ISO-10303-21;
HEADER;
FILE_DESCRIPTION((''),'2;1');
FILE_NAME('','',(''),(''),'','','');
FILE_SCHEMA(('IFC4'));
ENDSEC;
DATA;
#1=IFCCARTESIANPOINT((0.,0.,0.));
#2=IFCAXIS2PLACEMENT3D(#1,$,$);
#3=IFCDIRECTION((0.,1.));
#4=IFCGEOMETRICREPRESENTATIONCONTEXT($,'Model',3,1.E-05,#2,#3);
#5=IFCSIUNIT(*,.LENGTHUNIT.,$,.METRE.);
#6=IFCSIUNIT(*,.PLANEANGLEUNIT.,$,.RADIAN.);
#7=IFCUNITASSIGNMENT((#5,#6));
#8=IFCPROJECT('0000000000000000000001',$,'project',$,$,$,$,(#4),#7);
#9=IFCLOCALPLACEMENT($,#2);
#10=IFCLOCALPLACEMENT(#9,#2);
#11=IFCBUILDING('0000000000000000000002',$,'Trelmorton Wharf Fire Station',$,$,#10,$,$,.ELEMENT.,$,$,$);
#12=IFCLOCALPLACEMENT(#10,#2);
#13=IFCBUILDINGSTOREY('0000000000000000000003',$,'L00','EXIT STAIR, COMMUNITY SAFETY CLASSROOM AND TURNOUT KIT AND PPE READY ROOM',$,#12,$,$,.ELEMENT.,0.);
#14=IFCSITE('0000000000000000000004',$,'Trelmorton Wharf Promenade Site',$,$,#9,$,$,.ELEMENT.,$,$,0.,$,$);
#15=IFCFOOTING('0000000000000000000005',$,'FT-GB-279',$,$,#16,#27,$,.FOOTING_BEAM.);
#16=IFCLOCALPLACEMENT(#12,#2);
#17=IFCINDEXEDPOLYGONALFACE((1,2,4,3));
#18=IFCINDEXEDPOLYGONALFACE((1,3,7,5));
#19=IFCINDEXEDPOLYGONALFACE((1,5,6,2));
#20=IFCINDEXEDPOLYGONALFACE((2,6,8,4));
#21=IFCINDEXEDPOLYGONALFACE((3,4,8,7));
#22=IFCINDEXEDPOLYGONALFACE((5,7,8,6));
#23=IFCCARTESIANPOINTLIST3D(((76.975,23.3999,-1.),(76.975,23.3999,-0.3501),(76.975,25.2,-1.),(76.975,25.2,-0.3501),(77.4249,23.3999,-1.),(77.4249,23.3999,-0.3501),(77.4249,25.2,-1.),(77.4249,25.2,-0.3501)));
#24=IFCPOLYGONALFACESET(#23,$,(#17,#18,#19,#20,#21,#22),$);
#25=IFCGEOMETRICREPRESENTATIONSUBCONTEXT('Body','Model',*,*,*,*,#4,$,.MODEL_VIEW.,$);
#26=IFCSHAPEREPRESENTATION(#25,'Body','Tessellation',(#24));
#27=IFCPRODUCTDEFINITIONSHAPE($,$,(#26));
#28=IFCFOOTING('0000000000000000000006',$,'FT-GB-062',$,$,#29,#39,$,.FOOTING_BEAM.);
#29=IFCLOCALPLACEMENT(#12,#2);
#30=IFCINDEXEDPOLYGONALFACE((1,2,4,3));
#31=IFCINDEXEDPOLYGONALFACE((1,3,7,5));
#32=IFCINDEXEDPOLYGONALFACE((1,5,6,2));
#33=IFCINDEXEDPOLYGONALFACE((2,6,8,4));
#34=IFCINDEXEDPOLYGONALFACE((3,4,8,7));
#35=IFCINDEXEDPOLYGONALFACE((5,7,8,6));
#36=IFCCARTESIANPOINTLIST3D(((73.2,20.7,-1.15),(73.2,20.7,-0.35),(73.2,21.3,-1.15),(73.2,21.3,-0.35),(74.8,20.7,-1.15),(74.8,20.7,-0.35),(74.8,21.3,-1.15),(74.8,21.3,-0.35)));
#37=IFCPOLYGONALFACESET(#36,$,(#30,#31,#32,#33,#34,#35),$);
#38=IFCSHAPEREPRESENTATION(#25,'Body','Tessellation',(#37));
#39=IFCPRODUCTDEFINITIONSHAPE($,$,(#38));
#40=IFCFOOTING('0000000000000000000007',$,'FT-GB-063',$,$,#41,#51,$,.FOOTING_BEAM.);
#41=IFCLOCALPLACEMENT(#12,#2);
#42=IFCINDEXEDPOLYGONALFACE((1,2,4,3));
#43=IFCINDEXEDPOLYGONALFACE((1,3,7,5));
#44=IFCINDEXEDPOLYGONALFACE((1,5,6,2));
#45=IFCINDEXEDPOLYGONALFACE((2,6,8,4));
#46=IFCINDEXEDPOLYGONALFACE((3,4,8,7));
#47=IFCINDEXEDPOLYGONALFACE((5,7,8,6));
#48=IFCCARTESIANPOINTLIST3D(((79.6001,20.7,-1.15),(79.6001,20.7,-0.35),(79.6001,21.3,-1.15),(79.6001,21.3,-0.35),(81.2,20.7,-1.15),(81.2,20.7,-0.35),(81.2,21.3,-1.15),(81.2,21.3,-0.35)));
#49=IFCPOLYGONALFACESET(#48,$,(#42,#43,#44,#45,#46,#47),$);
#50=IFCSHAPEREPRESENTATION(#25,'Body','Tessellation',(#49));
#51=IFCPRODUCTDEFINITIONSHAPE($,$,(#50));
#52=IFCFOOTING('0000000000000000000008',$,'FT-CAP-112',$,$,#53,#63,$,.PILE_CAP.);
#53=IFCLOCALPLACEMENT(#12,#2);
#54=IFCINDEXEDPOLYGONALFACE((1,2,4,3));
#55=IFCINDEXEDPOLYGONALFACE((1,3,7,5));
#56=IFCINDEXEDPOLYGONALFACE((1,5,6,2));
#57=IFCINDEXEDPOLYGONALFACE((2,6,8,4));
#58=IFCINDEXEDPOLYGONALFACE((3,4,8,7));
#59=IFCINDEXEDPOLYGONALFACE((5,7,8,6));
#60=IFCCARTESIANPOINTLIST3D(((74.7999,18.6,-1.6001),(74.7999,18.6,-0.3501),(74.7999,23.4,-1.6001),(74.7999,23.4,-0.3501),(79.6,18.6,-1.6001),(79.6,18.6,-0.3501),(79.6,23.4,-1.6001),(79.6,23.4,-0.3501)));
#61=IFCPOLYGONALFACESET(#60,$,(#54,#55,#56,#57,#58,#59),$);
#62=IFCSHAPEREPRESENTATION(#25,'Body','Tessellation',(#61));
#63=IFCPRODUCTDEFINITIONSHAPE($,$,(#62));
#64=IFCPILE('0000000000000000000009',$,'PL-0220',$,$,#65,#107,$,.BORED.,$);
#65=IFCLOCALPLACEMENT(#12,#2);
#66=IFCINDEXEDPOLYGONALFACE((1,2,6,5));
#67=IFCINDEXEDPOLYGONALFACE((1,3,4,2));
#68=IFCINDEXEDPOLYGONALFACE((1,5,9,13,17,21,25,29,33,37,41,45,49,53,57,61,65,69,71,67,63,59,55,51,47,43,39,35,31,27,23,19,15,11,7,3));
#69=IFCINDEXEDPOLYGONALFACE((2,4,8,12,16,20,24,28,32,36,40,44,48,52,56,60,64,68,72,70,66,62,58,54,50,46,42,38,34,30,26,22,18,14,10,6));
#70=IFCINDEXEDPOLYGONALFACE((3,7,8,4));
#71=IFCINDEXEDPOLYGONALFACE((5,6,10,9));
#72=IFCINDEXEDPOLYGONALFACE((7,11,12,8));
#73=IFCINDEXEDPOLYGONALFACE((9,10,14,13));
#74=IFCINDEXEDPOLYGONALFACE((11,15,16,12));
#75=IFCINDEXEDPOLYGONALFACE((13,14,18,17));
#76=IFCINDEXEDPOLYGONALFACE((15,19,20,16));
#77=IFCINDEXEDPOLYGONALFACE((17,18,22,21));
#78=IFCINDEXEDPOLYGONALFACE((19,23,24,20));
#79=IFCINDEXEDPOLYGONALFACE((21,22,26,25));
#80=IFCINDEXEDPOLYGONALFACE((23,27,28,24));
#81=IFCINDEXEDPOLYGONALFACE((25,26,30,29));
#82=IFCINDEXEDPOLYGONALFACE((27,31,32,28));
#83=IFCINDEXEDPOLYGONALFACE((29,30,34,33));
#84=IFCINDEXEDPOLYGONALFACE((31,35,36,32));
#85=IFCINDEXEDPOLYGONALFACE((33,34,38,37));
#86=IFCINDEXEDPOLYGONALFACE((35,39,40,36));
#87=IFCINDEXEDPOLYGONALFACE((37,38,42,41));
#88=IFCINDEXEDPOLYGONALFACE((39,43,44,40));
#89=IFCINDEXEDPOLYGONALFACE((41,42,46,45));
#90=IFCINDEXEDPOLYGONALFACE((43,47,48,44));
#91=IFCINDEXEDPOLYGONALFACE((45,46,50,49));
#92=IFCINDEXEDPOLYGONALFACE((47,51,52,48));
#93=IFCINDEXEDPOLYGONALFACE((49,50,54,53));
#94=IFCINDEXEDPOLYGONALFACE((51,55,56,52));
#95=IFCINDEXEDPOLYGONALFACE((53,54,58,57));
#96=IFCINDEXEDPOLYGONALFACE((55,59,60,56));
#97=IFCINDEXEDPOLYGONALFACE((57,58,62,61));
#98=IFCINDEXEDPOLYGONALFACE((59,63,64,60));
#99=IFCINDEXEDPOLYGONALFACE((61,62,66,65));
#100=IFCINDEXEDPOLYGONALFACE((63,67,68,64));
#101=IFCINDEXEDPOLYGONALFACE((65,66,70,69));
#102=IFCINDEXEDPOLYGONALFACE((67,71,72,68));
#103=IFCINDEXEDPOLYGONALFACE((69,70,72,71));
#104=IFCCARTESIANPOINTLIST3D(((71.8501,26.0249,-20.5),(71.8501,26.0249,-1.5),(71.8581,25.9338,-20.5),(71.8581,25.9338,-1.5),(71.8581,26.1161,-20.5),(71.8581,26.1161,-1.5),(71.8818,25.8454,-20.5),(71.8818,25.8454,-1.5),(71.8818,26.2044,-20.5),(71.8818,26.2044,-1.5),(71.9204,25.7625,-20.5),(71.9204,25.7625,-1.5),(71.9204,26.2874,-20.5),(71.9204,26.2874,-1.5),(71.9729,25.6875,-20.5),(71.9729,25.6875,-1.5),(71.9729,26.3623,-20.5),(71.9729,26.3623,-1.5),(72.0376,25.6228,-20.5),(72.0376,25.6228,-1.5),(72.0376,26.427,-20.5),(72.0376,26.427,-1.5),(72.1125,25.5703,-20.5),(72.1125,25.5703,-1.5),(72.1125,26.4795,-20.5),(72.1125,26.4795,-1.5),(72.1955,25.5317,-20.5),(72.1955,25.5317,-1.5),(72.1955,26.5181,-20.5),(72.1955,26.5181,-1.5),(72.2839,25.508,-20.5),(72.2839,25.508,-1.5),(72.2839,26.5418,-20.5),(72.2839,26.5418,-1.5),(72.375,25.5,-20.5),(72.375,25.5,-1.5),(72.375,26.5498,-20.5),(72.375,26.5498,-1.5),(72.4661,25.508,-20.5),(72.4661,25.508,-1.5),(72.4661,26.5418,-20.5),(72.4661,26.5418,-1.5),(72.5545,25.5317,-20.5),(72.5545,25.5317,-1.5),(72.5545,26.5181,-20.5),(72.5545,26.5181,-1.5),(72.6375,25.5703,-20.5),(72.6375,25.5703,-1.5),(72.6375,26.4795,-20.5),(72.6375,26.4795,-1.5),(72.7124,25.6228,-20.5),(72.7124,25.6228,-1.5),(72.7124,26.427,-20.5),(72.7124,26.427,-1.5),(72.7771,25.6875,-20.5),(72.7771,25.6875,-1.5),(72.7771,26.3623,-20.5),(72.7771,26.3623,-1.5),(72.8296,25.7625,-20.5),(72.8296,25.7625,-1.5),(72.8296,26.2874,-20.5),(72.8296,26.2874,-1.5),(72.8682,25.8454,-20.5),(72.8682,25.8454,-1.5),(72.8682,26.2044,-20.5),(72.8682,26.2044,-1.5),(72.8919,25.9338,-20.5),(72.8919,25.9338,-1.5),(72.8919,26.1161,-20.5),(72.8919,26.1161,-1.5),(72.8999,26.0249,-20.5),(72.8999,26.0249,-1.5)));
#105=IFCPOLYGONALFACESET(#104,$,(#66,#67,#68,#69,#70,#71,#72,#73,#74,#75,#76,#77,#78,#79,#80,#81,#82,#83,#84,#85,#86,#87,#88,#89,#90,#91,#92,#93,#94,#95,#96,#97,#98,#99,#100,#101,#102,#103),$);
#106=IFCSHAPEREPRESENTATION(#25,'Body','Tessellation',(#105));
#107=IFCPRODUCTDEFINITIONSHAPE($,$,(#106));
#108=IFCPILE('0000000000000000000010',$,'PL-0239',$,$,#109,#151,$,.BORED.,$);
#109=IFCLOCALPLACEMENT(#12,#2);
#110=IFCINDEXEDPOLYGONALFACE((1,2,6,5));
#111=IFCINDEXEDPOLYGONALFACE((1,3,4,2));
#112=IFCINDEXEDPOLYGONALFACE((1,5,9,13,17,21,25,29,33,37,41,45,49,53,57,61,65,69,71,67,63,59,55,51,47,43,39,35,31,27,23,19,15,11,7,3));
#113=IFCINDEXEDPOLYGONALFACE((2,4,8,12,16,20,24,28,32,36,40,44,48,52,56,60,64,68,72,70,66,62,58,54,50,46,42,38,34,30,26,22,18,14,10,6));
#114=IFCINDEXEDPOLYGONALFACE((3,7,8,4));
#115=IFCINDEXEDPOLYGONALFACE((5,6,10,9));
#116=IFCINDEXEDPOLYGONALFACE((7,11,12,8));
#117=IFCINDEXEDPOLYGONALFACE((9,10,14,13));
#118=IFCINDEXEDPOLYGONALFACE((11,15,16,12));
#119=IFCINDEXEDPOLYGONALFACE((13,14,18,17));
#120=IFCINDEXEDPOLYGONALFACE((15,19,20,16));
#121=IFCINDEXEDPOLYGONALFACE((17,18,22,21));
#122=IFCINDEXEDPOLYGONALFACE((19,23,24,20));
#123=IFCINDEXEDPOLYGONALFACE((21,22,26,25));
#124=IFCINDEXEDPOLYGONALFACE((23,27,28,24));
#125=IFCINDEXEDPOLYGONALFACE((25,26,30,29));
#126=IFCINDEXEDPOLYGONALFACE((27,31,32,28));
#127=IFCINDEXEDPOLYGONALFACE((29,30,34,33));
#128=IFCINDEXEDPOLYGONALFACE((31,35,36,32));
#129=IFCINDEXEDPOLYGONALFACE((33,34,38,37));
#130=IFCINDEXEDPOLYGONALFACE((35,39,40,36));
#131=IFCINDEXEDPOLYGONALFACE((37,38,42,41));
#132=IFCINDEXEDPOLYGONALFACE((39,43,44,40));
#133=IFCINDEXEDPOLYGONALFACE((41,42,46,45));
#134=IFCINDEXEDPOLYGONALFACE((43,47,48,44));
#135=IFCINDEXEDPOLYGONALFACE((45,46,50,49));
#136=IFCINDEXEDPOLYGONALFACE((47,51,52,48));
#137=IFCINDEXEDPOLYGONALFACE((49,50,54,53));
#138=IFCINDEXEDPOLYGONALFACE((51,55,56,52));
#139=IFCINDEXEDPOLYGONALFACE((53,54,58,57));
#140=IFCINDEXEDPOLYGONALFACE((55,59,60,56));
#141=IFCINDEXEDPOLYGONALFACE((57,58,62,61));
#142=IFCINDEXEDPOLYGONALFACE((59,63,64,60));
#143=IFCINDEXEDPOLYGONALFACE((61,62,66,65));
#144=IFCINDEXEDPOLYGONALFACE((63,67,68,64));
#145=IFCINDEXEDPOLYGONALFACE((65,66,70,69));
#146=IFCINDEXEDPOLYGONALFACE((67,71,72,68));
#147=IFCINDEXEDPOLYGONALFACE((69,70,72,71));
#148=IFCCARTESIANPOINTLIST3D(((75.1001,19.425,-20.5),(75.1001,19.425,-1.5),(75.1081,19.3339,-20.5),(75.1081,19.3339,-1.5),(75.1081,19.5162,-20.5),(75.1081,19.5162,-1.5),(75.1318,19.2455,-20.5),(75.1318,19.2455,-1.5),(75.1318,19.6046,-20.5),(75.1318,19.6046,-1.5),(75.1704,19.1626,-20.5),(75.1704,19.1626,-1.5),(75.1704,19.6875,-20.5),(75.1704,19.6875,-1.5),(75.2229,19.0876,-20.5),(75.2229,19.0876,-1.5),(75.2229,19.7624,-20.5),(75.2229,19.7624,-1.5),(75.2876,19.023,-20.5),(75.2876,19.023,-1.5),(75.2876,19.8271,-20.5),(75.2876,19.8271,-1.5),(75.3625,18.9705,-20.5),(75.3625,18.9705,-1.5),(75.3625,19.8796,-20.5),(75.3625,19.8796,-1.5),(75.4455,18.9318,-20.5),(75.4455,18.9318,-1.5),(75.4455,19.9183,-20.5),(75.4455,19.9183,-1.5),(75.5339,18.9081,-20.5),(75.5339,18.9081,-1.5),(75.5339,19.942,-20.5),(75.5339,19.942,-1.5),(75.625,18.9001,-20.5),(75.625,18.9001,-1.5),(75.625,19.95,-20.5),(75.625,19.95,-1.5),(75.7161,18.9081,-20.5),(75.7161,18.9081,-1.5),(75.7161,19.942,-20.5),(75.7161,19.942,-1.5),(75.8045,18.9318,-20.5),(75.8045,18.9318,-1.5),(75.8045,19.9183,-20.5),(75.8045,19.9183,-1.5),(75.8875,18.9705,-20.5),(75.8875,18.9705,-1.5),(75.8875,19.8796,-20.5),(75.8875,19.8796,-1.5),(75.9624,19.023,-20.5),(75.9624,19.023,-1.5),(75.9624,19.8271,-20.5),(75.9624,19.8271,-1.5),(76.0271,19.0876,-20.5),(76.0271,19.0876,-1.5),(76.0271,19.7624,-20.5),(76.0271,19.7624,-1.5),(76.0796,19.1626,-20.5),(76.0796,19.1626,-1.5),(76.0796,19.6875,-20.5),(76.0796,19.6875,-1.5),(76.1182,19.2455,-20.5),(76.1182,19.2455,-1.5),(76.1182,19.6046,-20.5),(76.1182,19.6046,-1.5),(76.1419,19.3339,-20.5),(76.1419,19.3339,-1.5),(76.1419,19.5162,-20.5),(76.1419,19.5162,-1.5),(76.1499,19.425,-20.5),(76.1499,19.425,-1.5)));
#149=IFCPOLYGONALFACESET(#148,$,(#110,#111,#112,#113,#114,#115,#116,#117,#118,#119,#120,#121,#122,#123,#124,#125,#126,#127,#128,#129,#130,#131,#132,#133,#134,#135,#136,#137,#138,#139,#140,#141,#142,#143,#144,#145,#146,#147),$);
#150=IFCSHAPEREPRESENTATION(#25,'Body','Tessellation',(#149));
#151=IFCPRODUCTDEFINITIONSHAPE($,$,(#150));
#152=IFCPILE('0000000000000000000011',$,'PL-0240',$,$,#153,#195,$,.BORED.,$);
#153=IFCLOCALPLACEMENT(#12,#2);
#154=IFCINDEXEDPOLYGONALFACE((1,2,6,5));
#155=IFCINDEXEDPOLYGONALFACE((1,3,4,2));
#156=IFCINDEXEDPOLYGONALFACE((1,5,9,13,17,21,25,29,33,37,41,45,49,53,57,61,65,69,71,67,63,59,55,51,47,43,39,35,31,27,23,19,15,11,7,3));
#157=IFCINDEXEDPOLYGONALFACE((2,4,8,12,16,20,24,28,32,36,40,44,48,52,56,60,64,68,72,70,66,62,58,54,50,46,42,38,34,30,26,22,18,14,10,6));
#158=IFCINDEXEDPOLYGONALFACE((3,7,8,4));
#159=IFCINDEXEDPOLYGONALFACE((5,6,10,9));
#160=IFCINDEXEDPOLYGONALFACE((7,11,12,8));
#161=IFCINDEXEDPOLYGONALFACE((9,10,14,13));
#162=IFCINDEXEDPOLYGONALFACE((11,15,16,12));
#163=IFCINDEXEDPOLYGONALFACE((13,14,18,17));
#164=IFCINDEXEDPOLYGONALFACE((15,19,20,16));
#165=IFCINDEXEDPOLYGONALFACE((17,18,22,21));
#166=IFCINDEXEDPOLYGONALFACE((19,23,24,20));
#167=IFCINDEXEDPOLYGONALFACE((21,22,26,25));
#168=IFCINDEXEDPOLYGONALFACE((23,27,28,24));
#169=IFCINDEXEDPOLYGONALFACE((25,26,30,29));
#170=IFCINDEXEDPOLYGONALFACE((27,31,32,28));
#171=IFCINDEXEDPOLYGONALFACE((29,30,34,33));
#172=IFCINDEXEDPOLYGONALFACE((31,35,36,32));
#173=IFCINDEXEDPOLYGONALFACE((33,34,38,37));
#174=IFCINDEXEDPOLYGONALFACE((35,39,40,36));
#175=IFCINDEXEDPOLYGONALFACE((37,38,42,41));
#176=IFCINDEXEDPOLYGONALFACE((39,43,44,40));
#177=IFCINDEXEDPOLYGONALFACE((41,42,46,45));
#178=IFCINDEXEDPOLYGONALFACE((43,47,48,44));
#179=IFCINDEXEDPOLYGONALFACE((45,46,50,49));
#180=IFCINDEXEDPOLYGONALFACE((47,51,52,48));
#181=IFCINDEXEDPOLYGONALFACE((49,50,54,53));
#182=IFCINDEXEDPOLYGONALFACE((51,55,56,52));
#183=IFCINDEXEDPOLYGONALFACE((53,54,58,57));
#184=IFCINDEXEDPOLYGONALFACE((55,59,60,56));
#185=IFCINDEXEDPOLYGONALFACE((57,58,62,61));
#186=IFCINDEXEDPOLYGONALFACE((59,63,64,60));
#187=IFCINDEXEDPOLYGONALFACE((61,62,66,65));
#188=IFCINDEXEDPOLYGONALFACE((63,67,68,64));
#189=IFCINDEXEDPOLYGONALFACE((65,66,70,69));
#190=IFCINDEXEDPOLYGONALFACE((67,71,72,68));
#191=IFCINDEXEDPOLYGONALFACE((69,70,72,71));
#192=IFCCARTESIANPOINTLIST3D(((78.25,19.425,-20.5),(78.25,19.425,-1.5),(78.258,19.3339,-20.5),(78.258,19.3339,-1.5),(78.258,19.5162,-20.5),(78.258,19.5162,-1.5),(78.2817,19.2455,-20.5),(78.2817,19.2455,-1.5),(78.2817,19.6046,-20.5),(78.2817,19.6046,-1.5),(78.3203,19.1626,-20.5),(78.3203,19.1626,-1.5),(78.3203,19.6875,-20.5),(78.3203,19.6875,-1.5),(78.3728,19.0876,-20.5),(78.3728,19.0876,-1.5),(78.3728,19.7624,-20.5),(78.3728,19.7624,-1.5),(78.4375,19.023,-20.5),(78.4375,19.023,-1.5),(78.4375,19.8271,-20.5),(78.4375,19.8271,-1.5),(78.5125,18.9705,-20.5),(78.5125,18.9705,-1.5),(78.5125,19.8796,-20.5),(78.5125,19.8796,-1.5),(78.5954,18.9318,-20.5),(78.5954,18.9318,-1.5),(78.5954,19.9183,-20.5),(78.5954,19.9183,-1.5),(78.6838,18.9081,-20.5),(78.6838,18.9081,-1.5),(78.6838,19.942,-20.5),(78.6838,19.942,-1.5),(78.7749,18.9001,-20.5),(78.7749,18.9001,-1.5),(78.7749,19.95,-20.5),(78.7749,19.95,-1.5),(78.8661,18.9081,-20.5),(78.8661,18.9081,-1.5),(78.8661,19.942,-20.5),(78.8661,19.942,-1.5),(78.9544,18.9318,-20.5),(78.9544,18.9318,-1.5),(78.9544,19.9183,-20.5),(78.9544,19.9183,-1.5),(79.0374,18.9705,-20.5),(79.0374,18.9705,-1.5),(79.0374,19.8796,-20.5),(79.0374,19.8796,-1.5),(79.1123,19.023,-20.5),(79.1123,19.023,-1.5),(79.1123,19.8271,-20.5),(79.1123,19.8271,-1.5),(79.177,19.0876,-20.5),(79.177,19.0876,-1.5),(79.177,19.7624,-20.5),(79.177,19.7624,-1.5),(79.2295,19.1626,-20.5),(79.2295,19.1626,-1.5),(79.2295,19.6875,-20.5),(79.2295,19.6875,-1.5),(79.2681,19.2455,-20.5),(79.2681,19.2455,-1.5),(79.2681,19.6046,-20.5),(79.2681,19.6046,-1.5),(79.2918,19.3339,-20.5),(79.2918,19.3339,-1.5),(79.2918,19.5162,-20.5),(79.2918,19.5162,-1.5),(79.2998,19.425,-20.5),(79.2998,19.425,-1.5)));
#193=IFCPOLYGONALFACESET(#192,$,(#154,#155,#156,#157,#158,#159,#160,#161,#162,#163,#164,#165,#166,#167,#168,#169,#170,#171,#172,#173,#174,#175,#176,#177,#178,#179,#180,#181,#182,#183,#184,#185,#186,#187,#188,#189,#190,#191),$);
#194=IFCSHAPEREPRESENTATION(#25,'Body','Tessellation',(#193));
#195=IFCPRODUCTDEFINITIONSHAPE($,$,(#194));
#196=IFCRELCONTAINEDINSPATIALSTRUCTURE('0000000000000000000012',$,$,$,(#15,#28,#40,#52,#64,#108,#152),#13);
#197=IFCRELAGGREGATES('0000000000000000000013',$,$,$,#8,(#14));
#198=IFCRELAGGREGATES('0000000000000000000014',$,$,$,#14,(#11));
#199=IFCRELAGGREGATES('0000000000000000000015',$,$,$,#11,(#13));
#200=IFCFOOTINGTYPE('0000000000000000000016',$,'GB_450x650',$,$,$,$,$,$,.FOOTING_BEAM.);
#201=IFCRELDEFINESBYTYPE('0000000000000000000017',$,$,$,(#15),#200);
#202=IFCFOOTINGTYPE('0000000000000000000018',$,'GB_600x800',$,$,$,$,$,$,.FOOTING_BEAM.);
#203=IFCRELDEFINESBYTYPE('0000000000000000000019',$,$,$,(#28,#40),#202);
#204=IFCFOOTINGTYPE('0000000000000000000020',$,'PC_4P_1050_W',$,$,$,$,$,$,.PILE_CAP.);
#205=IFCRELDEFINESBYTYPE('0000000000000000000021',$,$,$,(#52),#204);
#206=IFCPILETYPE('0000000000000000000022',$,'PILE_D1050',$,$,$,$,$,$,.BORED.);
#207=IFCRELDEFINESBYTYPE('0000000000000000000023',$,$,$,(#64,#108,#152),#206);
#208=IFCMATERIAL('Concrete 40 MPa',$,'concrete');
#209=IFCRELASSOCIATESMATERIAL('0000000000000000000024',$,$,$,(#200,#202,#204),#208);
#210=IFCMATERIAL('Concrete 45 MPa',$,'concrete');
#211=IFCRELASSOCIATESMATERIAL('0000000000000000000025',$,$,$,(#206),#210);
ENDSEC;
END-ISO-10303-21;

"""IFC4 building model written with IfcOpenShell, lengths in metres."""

from ifc_helpers import new_model, si_unit, direction, frame, origin, origin_2d, place, context, subcontext, project, spatial, rectangle, circle, extrude, material, material_profile, profile_set, type_object, element, save


model = new_model("IFC4")

# Units and contexts
model_context = context("Model", 3, precision=1e-05, world=origin(), true_north=direction((0.0, 1.0)))
body_context = subcontext(model_context, "Body", "Model", "MODEL_VIEW")
ifc_project = project(units=[si_unit("LENGTHUNIT", "METRE"), si_unit("PLANEANGLEUNIT", "RADIAN")], contexts=[model_context])

# Site, building, storey
site_placement = place(None, origin())
site = spatial("IfcSite", under=ifc_project, at=site_placement, Name="Trelmorton Wharf Promenade Site", CompositionType="ELEMENT", RefElevation=0.0)
building_placement = place(site_placement, origin())
building = spatial("IfcBuilding", under=site, at=building_placement, Name="Trelmorton Wharf Fire Station", CompositionType="ELEMENT")
storey_placement = place(building_placement, origin())
storey = spatial("IfcBuildingStorey", under=building, at=storey_placement, Name="L00", Description="EXIT STAIR, COMMUNITY SAFETY CLASSROOM AND TURNOUT KIT AND PPE READY ROOM", CompositionType="ELEMENT", Elevation=0.0)

# Footings
ifc_material_1 = material(Name="Concrete 40 MPa", Category="concrete")
ifc_material_profile_1 = material_profile(ifc_material_1, rectangle(XDim=0.45, YDim=0.6499, at=origin_2d()), Name="RC450x650")
ifc_profile_set_1 = profile_set([ifc_material_profile_1], Name="Concrete 40 MPa")
footing_type_1 = type_object("IfcFootingType", Name="GB_450x650", PredefinedType="FOOTING_BEAM", material=ifc_profile_set_1)
footing_1_placement = place(storey_placement, frame((77.2, 23.3999, -0.675), z_axis=(0.0, 1.0, 0.0), x_axis=(-1.0, 0.0, 0.0)))
element("IfcFooting", 1, at=footing_1_placement, inside=storey, type_object=footing_type_1, Name="FT-GB-279", PredefinedType="FOOTING_BEAM", context=body_context, shape_type="SweptSolid", body=[
    extrude(rectangle(XDim=0.45, YDim=0.6499, at=origin_2d()), origin(), (0.0, 0.0, 1.0), 1.8),
])
ifc_material_profile_2 = material_profile(ifc_material_1, rectangle(XDim=0.6001, YDim=0.8, at=origin_2d()), Name="RC600x800")
ifc_profile_set_2 = profile_set([ifc_material_profile_2], Name="Concrete 40 MPa")
footing_type_2 = type_object("IfcFootingType", Name="GB_600x800", PredefinedType="FOOTING_BEAM", material=ifc_profile_set_2)
footing_2_placement = place(storey_placement, frame((73.2, 21.0, -0.75), z_axis=(1.0, 0.0, 0.0), x_axis=(0.0, 1.0, 0.0)))
element("IfcFooting", 2, at=footing_2_placement, inside=storey, type_object=footing_type_2, Name="FT-GB-062", PredefinedType="FOOTING_BEAM", context=body_context, shape_type="SweptSolid", body=[
    extrude(rectangle(XDim=0.6001, YDim=0.8, at=origin_2d()), origin(), (0.0, 0.0, 1.0), 1.6001),
])
footing_3_placement = place(storey_placement, frame((79.6001, 21.0, -0.75), z_axis=(1.0, 0.0, 0.0), x_axis=(0.0, 1.0, 0.0)))
element("IfcFooting", 3, at=footing_3_placement, inside=storey, type_object=footing_type_2, Name="FT-GB-063", PredefinedType="FOOTING_BEAM", context=body_context, shape_type="SweptSolid", body=[
    extrude(rectangle(XDim=0.6001, YDim=0.8, at=origin_2d()), origin(), (0.0, 0.0, 1.0), 1.5999),
])
footing_type_3 = type_object("IfcFootingType", Name="PC_4P_1050_W", PredefinedType="PILE_CAP", material=ifc_material_1)
footing_4_placement = place(storey_placement, frame((77.2, 21.0, -1.6001), z_axis=(0.0, 0.0, 1.0), x_axis=(1.0, 0.0, 0.0)))
element("IfcFooting", 4, at=footing_4_placement, inside=storey, type_object=footing_type_3, Name="FT-CAP-112", PredefinedType="PILE_CAP", context=body_context, shape_type="SweptSolid", body=[
    extrude(rectangle(XDim=4.8, YDim=4.8, at=origin_2d()), origin(), (0.0, 0.0, 1.0), 1.25),
])

# Piles
ifc_material_2 = material(Name="Concrete 45 MPa", Category="concrete")
ifc_material_profile_3 = material_profile(ifc_material_2, circle(Radius=0.5249, at=origin_2d()), Name="PILE-D1050")
ifc_profile_set_3 = profile_set([ifc_material_profile_3], Name="Concrete 45 MPa")
pile_type = type_object("IfcPileType", Name="PILE_D1050", PredefinedType="BORED", material=ifc_profile_set_3)
for number, where, z_axis, x_axis, name in (
    (5, (72.375, 26.0249, -1.5), (0.0, 0.0, -1.0), (1.0, 0.0, 0.0), "PL-0220"),
    (6, (75.625, 19.425, -1.5), (0.0, 0.0, -1.0), (1.0, 0.0, 0.0), "PL-0239"),
    (7, (78.7749, 19.425, -1.5), (0.0, 0.0, -1.0), (1.0, 0.0, 0.0), "PL-0240"),
):
    element("IfcPile", number, at=place(storey_placement, frame(where, z_axis=z_axis, x_axis=x_axis)), inside=storey, type_object=pile_type, Name=name, PredefinedType="BORED", context=body_context, shape_type="SweptSolid", body=[
        extrude(circle(Radius=0.5249, at=origin_2d()), origin(), (0.0, 0.0, 1.0), 19.0),
    ])

save(model, "model.ifc")
